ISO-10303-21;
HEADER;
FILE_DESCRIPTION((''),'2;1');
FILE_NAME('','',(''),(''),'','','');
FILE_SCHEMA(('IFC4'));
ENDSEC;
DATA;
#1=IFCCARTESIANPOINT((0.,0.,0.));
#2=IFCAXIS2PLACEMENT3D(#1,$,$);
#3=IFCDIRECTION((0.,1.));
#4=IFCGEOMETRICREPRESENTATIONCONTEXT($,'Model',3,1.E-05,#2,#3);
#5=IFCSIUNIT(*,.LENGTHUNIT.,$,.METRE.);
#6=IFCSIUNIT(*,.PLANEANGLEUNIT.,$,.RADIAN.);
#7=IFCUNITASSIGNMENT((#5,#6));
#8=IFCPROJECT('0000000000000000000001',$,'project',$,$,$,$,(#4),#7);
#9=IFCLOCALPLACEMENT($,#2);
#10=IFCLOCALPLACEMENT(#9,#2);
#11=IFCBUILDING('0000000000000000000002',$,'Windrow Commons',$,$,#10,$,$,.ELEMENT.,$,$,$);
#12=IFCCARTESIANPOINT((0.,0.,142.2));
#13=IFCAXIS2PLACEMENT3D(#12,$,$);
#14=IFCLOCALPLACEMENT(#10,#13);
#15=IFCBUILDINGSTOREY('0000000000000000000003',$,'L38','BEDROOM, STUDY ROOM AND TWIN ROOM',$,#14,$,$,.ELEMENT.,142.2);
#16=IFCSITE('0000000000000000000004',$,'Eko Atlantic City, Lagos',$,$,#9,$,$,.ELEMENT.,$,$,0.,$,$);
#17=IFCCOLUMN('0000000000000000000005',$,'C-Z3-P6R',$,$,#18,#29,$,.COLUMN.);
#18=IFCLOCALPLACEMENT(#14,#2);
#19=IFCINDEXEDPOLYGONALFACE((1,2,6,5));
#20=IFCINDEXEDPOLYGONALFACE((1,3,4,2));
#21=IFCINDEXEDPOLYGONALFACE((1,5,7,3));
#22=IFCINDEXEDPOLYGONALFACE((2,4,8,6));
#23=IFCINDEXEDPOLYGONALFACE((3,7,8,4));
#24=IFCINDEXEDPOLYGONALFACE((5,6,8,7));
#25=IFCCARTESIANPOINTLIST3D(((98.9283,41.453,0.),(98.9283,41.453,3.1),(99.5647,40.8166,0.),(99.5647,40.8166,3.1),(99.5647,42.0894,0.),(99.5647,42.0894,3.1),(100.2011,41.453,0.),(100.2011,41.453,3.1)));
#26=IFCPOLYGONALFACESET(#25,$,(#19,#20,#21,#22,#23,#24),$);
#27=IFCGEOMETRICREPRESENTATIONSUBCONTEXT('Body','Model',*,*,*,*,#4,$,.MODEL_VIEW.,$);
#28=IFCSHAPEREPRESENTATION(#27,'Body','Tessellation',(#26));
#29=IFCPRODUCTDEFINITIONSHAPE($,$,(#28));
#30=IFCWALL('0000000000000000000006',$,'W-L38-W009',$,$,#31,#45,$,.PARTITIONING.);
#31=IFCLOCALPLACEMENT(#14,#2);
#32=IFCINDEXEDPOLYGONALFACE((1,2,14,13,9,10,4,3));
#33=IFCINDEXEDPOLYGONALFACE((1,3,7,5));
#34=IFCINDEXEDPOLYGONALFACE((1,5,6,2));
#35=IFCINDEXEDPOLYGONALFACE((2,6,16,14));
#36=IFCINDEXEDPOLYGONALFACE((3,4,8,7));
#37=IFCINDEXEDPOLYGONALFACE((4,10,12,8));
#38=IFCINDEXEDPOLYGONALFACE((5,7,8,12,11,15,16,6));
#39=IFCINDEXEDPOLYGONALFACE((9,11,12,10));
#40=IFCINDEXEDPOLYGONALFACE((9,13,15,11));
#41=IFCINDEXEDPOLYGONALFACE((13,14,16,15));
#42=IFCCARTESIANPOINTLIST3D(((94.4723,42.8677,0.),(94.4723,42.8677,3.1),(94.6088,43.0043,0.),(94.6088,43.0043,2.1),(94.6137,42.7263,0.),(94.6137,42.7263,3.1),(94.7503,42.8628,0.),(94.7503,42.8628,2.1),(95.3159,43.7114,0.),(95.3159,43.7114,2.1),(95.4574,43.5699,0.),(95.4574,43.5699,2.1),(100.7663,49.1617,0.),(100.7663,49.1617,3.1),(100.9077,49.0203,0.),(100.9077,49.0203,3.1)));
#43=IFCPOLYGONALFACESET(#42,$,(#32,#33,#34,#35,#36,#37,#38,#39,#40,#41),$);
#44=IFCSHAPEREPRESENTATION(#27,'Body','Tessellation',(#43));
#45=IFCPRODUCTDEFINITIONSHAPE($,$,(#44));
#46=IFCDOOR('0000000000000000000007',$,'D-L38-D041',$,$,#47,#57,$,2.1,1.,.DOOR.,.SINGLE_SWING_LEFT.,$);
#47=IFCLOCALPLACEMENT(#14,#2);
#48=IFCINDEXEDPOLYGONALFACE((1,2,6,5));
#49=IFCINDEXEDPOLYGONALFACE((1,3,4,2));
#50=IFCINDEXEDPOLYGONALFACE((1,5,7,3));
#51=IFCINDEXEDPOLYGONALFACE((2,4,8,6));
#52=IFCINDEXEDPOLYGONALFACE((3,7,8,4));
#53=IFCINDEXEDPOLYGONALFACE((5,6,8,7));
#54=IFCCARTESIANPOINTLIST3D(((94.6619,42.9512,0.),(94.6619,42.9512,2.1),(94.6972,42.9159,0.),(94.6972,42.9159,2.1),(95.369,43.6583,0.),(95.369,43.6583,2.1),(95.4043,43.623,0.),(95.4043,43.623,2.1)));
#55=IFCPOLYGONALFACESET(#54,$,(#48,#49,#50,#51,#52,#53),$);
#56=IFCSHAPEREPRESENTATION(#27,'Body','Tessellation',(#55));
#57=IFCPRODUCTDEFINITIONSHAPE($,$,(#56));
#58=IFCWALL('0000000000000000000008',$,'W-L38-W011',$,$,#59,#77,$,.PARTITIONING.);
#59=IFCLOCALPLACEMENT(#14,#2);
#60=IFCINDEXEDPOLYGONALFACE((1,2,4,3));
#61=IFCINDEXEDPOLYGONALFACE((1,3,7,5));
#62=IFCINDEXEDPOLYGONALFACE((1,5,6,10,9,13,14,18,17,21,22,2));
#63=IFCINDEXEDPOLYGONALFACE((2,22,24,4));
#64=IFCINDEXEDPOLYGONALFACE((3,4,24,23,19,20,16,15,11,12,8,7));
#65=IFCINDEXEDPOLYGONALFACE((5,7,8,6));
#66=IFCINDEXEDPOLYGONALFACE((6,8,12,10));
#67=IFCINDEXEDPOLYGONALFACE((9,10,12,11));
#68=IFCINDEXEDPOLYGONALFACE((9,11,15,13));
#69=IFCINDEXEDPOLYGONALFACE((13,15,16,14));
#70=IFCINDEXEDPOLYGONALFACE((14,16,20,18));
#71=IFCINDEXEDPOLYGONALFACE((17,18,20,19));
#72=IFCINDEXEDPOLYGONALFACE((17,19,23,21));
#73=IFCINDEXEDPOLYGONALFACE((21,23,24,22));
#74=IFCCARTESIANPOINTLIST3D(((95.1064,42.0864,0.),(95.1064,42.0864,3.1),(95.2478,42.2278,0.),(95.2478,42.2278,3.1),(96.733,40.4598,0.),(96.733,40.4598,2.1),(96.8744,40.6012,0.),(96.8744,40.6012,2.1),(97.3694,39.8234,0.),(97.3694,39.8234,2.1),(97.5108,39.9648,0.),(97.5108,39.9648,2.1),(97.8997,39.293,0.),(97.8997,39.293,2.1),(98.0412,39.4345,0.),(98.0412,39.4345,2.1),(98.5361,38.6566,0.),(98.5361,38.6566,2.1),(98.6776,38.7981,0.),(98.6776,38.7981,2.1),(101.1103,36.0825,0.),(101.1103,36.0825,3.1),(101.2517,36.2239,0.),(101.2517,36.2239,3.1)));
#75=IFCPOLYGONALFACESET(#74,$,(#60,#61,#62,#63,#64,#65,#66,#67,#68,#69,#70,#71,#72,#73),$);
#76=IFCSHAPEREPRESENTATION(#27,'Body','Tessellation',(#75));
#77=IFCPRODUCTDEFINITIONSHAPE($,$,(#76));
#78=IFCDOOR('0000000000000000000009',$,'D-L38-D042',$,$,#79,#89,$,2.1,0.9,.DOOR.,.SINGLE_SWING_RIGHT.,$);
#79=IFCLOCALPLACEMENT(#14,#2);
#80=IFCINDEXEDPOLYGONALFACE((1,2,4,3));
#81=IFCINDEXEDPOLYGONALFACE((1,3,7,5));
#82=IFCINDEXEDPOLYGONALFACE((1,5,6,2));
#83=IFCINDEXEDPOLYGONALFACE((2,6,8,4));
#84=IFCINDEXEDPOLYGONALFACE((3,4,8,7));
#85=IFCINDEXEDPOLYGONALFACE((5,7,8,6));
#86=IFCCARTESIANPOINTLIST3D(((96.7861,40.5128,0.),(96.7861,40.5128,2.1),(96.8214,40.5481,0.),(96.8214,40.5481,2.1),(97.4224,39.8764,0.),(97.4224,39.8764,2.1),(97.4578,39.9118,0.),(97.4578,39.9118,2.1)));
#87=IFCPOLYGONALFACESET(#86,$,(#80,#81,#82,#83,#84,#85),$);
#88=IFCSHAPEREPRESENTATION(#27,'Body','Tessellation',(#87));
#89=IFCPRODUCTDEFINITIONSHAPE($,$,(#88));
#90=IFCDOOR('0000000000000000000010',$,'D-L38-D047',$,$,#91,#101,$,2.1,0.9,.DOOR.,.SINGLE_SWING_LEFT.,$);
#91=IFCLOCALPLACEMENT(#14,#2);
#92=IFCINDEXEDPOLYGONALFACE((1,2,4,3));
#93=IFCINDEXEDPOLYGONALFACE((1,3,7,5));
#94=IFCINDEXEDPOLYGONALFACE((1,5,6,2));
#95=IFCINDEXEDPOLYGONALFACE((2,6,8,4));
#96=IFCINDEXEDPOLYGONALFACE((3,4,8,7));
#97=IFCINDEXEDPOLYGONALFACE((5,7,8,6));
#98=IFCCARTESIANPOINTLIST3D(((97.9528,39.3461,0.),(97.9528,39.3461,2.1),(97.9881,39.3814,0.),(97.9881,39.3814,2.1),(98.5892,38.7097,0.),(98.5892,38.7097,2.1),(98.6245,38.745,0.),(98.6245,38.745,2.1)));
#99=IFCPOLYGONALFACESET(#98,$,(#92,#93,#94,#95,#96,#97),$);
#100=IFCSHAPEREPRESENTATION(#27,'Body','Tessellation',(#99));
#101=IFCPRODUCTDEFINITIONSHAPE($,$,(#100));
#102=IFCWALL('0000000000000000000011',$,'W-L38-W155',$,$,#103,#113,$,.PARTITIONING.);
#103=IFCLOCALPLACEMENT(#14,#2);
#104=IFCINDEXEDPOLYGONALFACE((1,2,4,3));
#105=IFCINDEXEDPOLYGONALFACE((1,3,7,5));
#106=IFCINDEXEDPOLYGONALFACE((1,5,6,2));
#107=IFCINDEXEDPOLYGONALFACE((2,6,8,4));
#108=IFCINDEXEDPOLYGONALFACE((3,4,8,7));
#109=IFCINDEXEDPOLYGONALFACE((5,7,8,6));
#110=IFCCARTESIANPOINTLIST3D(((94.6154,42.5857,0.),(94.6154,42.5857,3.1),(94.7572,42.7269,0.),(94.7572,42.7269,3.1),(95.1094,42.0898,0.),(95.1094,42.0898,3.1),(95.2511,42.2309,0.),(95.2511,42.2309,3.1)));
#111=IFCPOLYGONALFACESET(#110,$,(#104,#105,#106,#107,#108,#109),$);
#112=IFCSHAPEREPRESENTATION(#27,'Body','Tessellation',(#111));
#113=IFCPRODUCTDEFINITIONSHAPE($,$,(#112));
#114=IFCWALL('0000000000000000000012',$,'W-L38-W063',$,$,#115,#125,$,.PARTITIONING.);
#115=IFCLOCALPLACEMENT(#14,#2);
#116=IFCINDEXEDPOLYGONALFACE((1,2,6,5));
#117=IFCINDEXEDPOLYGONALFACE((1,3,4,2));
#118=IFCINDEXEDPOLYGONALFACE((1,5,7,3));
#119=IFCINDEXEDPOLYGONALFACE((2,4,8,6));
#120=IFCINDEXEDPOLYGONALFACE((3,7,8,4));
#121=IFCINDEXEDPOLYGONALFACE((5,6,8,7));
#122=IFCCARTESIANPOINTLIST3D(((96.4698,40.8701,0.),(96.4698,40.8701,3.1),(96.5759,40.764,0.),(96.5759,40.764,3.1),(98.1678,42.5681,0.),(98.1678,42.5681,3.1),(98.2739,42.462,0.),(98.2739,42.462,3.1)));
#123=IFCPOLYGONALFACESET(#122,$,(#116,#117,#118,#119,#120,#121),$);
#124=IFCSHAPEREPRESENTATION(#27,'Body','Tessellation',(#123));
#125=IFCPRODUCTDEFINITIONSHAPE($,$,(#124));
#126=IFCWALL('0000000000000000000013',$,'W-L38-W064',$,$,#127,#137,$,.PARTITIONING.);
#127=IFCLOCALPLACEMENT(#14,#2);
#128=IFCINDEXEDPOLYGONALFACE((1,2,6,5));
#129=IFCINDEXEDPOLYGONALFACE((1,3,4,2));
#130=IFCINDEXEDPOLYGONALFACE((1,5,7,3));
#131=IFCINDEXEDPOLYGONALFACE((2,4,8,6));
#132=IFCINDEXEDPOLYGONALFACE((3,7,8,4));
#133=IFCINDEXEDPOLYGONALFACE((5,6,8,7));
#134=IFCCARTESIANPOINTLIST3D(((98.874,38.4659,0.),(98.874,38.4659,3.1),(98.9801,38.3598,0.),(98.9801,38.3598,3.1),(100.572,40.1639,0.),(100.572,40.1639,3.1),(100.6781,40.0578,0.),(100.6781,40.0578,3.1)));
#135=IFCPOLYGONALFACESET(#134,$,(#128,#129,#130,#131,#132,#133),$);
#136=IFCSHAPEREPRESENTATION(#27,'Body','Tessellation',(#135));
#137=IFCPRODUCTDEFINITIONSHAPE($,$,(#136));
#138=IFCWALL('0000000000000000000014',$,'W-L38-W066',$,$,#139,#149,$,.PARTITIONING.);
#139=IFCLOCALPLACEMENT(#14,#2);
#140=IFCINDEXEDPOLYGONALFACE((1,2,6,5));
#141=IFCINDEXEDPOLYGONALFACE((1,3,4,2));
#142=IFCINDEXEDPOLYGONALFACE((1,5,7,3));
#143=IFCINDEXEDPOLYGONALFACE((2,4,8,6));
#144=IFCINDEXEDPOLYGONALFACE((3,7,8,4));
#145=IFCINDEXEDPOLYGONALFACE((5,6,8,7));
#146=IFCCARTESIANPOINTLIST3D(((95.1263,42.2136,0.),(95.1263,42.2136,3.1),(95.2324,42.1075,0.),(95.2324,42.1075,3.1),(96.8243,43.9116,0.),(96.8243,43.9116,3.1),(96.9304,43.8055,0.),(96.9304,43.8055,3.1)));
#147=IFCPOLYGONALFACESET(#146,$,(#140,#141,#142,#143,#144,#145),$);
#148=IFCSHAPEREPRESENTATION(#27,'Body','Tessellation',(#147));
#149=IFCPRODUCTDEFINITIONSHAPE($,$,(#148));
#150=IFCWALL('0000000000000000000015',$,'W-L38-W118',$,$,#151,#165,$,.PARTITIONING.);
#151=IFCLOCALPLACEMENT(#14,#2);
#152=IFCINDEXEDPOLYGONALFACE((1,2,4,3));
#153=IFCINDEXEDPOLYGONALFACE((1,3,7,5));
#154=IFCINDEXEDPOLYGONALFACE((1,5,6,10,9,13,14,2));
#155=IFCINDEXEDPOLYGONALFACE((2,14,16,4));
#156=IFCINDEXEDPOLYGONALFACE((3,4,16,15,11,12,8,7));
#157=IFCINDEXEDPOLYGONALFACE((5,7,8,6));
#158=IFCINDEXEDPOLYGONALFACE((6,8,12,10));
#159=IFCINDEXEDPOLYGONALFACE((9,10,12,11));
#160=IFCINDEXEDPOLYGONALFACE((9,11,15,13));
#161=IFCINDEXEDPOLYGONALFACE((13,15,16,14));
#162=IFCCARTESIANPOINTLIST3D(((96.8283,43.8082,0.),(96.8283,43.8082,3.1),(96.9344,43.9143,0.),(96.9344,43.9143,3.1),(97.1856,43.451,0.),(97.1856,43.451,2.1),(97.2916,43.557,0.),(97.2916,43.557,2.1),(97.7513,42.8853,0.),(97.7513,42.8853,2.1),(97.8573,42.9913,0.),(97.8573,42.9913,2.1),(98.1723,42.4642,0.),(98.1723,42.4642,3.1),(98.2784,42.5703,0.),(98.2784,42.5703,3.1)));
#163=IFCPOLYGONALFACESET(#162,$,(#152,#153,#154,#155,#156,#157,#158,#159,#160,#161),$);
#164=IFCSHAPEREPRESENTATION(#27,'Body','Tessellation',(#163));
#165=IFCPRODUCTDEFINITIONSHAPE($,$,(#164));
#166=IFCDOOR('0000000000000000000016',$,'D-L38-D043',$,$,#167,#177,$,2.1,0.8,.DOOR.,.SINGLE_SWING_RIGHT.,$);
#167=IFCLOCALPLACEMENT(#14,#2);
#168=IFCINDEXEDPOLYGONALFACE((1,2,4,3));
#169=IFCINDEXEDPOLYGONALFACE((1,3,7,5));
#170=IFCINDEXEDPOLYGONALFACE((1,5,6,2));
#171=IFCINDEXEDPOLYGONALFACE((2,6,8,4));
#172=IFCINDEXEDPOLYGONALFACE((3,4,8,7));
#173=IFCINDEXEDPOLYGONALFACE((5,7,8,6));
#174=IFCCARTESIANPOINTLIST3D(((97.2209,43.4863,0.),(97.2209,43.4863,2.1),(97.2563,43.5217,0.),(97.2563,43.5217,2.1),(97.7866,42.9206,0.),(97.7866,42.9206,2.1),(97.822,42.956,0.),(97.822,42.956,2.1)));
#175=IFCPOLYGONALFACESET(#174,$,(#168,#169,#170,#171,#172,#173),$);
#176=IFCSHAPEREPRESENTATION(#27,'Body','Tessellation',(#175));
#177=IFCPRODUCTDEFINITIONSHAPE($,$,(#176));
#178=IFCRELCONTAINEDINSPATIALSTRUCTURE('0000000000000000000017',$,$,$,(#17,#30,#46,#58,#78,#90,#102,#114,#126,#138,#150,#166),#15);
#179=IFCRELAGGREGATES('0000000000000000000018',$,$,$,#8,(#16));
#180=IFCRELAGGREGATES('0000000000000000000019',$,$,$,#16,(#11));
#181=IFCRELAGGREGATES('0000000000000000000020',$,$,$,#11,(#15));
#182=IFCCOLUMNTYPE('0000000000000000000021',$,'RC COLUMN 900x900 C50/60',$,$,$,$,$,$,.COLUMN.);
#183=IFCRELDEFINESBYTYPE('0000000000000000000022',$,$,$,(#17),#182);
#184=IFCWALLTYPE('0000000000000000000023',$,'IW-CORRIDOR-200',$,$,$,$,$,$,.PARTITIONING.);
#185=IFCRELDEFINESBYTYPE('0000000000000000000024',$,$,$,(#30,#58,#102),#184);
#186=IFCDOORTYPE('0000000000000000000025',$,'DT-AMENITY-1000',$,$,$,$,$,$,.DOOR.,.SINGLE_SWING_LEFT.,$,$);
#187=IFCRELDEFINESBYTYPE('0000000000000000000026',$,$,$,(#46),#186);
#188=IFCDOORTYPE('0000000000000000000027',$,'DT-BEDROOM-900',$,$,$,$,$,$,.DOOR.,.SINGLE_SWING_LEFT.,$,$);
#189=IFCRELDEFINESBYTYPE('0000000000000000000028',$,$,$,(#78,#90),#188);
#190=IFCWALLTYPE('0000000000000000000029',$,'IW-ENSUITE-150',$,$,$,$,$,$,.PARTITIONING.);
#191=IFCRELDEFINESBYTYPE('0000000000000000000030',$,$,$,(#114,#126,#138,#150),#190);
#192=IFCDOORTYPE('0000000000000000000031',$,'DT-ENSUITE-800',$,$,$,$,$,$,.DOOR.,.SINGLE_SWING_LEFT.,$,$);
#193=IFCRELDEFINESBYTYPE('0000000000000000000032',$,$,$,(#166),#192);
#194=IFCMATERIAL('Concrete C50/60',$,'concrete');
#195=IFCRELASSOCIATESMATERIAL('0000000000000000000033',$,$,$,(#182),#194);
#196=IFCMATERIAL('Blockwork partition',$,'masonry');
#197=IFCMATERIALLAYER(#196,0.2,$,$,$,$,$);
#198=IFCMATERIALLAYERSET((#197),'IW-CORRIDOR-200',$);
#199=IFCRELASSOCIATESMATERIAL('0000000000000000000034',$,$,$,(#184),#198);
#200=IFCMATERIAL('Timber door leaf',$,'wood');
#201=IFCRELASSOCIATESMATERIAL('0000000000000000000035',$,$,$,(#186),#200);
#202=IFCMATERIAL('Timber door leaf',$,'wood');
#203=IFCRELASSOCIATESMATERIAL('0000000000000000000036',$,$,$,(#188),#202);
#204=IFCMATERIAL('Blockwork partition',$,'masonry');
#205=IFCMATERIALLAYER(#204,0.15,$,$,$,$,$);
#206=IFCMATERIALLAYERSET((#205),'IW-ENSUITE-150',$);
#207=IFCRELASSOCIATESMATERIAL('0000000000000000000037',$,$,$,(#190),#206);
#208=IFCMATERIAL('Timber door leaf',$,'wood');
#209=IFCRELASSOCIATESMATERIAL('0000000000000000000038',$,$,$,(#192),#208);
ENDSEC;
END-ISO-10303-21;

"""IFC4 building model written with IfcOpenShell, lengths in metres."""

from ifc_helpers import new_model, si_unit, direction, frame, frame_2d, origin, origin_2d, place, context, subcontext, project, spatial, rectangle, extrude, material, layer, layer_set, material_profile, profile_set, type_object, element, fill, save


model = new_model("IFC4")

# Units and contexts
model_context = context("Model", 3, precision=1e-05, world=origin(), true_north=direction((0.0, 1.0)))
body_context = subcontext(model_context, "Body", "Model", "MODEL_VIEW")
ifc_project = project(units=[si_unit("LENGTHUNIT", "METRE"), si_unit("PLANEANGLEUNIT", "RADIAN")], contexts=[model_context])

# Site, building, storey
site_placement = place(None, origin())
site = spatial("IfcSite", under=ifc_project, at=site_placement, Name="Eko Atlantic City, Lagos", CompositionType="ELEMENT", RefElevation=0.0)
building_placement = place(site_placement, origin())
building = spatial("IfcBuilding", under=site, at=building_placement, Name="Windrow Commons", CompositionType="ELEMENT")
storey_placement = place(building_placement, frame((0.0, 0.0, 142.2)))
storey = spatial("IfcBuildingStorey", under=building, at=storey_placement, Name="L38", Description="BEDROOM, STUDY ROOM AND TWIN ROOM", CompositionType="ELEMENT", Elevation=142.2)

# Column
ifc_material_1 = material(Name="Concrete C50/60", Category="concrete")
ifc_material_profile = material_profile(ifc_material_1, rectangle(XDim=0.9, YDim=0.9, at=origin_2d()))
ifc_profile_set = profile_set([ifc_material_profile], Name="Concrete C50/60")
column_type = type_object("IfcColumnType", Name="RC COLUMN 900x900 C50/60", PredefinedType="COLUMN", material=ifc_profile_set)
column_placement = place(storey_placement, frame((99.5647, 41.453, 0.0), z_axis=(0.0, 0.0, 1.0), x_axis=(0.707107, -0.707107, 0.0)))
element("IfcColumn", 1, at=column_placement, inside=storey, type_object=column_type, Name="C-Z3-P6R", PredefinedType="COLUMN", context=body_context, shape_type="SweptSolid", body=[
    extrude(rectangle(XDim=0.9, YDim=0.9, at=origin_2d()), origin(), (0.0, 0.0, 1.0), 3.1),
])

# Wall, opening, door
ifc_material_2 = material(Name="Blockwork partition", Category="masonry")
ifc_layer_1 = layer(ifc_material_2, 0.2)
ifc_layer_set_1 = layer_set([ifc_layer_1], Name="IW-CORRIDOR-200")
wall_type_1 = type_object("IfcWallType", Name="IW-CORRIDOR-200", PredefinedType="PARTITIONING", material=ifc_layer_set_1)
wall_1_placement = place(storey_placement, frame((94.543, 42.797, 0.0), z_axis=(0.0, 0.0, 1.0), x_axis=(0.707107, 0.707107, 0.0)))
wall_1 = element("IfcWall", 2, at=wall_1_placement, inside=storey, type_object=wall_type_1, Name="W-L38-W009", PredefinedType="PARTITIONING", context=body_context, shape_type="SweptSolid", body=[
    extrude(rectangle(XDim=8.9011, YDim=0.2, at=frame_2d((4.4505, 0.0))), origin(), (0.0, 0.0, 1.0), 3.1),
])
opening_1_placement = place(wall_1_placement, frame((0.1931, 0.0, 0.0)))
opening_1 = element("IfcOpeningElement", 3, at=opening_1_placement, cuts=wall_1, PredefinedType="OPENING", context=body_context, shape_type="SweptSolid", body=[
    extrude(rectangle(XDim=1.0, YDim=2.1, at=frame_2d((0.5, 1.05))), frame((0.0, 0.11, 0.0), z_axis=(0.0, -1.0, 0.0), x_axis=(1.0, 0.0, 0.0)), (0.0, 0.0, 1.0), 0.22),
])
ifc_material_3 = material(Name="Timber door leaf", Category="wood")
door_type_1 = type_object("IfcDoorType", Name="DT-AMENITY-1000", OperationType="SINGLE_SWING_LEFT", PredefinedType="DOOR", material=ifc_material_3)
door_1_placement = place(opening_1_placement, origin())
door_1 = element("IfcDoor", 4, at=door_1_placement, inside=storey, type_object=door_type_1, Name="D-L38-D041", OperationType="SINGLE_SWING_LEFT", OverallHeight=2.1, OverallWidth=1.0, PredefinedType="DOOR", context=body_context, shape_type="SweptSolid", body=[
    extrude(rectangle(XDim=1.0, YDim=2.1, at=frame_2d((0.5, 1.05))), frame((0.0, 0.025, 0.0), z_axis=(0.0, -1.0, 0.0), x_axis=(1.0, 0.0, 0.0)), (0.0, 0.0, 1.0), 0.05),
])
fill(opening_1, door_1)

# Wall, openings, doors
wall_2_placement = place(storey_placement, frame((95.1771, 42.1571, 0.0), z_axis=(0.0, 0.0, 1.0), x_axis=(0.707107, -0.707107, 0.0)))
wall_2 = element("IfcWall", 5, at=wall_2_placement, inside=storey, type_object=wall_type_1, Name="W-L38-W011", PredefinedType="PARTITIONING", context=body_context, shape_type="SweptSolid", body=[
    extrude(rectangle(XDim=8.4909, YDim=0.2, at=frame_2d((4.2454, 0.0))), origin(), (0.0, 0.0, 1.0), 3.1),
])
opening_2_placement = place(wall_2_placement, frame((2.3004, 0.0, 0.0)))
opening_2 = element("IfcOpeningElement", 6, at=opening_2_placement, cuts=wall_2, PredefinedType="OPENING", context=body_context, shape_type="SweptSolid", body=[
    extrude(rectangle(XDim=0.9, YDim=2.1, at=frame_2d((0.45, 1.05))), frame((0.0, 0.11, 0.0), z_axis=(0.0, -1.0, 0.0), x_axis=(1.0, 0.0, 0.0)), (0.0, 0.0, 1.0), 0.22),
])
opening_3_placement = place(wall_2_placement, frame((3.9504, 0.0, 0.0)))
opening_3 = element("IfcOpeningElement", 7, at=opening_3_placement, cuts=wall_2, PredefinedType="OPENING", context=body_context, shape_type="SweptSolid", body=[
    extrude(rectangle(XDim=0.9, YDim=2.1, at=frame_2d((0.45, 1.05))), frame((0.0, 0.11, 0.0), z_axis=(0.0, -1.0, 0.0), x_axis=(1.0, 0.0, 0.0)), (0.0, 0.0, 1.0), 0.22),
])
ifc_material_4 = material(Name="Timber door leaf", Category="wood")
door_type_2 = type_object("IfcDoorType", Name="DT-BEDROOM-900", OperationType="SINGLE_SWING_LEFT", PredefinedType="DOOR", material=ifc_material_4)
door_2_placement = place(opening_2_placement, origin())
door_2 = element("IfcDoor", 8, at=door_2_placement, inside=storey, type_object=door_type_2, Name="D-L38-D042", OperationType="SINGLE_SWING_RIGHT", OverallHeight=2.1, OverallWidth=0.9, PredefinedType="DOOR", context=body_context, shape_type="SweptSolid", body=[
    extrude(rectangle(XDim=0.9, YDim=2.1, at=frame_2d((0.45, 1.05))), frame((0.0, 0.025, 0.0), z_axis=(0.0, -1.0, 0.0), x_axis=(1.0, 0.0, 0.0)), (0.0, 0.0, 1.0), 0.05),
])
fill(opening_2, door_2)
door_3_placement = place(opening_3_placement, origin())
door_3 = element("IfcDoor", 9, at=door_3_placement, inside=storey, type_object=door_type_2, Name="D-L38-D047", OperationType="SINGLE_SWING_LEFT", OverallHeight=2.1, OverallWidth=0.9, PredefinedType="DOOR", context=body_context, shape_type="SweptSolid", body=[
    extrude(rectangle(XDim=0.9, YDim=2.1, at=frame_2d((0.45, 1.05))), frame((0.0, 0.025, 0.0), z_axis=(0.0, -1.0, 0.0), x_axis=(1.0, 0.0, 0.0)), (0.0, 0.0, 1.0), 0.05),
])
fill(opening_3, door_3)

# Walls
wall_3_placement = place(storey_placement, frame((94.6863, 42.6563, 0.0), z_axis=(0.0, 0.0, 1.0), x_axis=(0.705677, -0.708534, 0.0)))
element("IfcWall", 10, at=wall_3_placement, inside=storey, type_object=wall_type_1, Name="W-L38-W155", PredefinedType="PARTITIONING", context=body_context, shape_type="SweptSolid", body=[
    extrude(rectangle(XDim=0.7, YDim=0.2, at=frame_2d((0.35, 0.0))), origin(), (0.0, 0.0, 1.0), 3.1),
])
ifc_material_5 = material(Name="Blockwork partition", Category="masonry")
ifc_layer_2 = layer(ifc_material_5, 0.15)
ifc_layer_set_2 = layer_set([ifc_layer_2], Name="IW-ENSUITE-150")
wall_type_2 = type_object("IfcWallType", Name="IW-ENSUITE-150", PredefinedType="PARTITIONING", material=ifc_layer_set_2)
for number, where, z_axis, x_axis, name in (
    (11, (96.5229, 40.8171, 0.0), (0.0, 0.0, 1.0), (0.707107, 0.707107, 0.0), "W-L38-W063"),
    (12, (98.9271, 38.4129, 0.0), (0.0, 0.0, 1.0), (0.707107, 0.707107, 0.0), "W-L38-W064"),
    (13, (95.1794, 42.1606, 0.0), (0.0, 0.0, 1.0), (0.707107, 0.707107, 0.0), "W-L38-W066"),
):
    element("IfcWall", number, at=place(storey_placement, frame(where, z_axis=z_axis, x_axis=x_axis)), inside=storey, type_object=wall_type_2, Name=name, PredefinedType="PARTITIONING", context=body_context, shape_type="SweptSolid", body=[
        extrude(rectangle(XDim=2.4013, YDim=0.15, at=frame_2d((1.2006, 0.0))), origin(), (0.0, 0.0, 1.0), 3.1),
    ])

# Wall, opening, door
wall_4_placement = place(storey_placement, frame((96.8813, 43.8613, 0.0), z_axis=(0.0, 0.0, 1.0), x_axis=(0.707107, -0.707107, 0.0)))
wall_4 = element("IfcWall", 14, at=wall_4_placement, inside=storey, type_object=wall_type_2, Name="W-L38-W118", PredefinedType="PARTITIONING", context=body_context, shape_type="SweptSolid", body=[
    extrude(rectangle(XDim=1.9007, YDim=0.15, at=frame_2d((0.9504, 0.0))), origin(), (0.0, 0.0, 1.0), 3.1),
])
opening_4_placement = place(wall_4_placement, frame((0.5053, 0.0, 0.0)))
opening_4 = element("IfcOpeningElement", 15, at=opening_4_placement, cuts=wall_4, PredefinedType="OPENING", context=body_context, shape_type="SweptSolid", body=[
    extrude(rectangle(XDim=0.8, YDim=2.1, at=frame_2d((0.4, 1.05))), frame((0.0, 0.085, 0.0), z_axis=(0.0, -1.0, 0.0), x_axis=(1.0, 0.0, 0.0)), (0.0, 0.0, 1.0), 0.17),
])
ifc_material_6 = material(Name="Timber door leaf", Category="wood")
door_type_3 = type_object("IfcDoorType", Name="DT-ENSUITE-800", OperationType="SINGLE_SWING_LEFT", PredefinedType="DOOR", material=ifc_material_6)
door_4_placement = place(opening_4_placement, origin())
door_4 = element("IfcDoor", 16, at=door_4_placement, inside=storey, type_object=door_type_3, Name="D-L38-D043", OperationType="SINGLE_SWING_RIGHT", OverallHeight=2.1, OverallWidth=0.8, PredefinedType="DOOR", context=body_context, shape_type="SweptSolid", body=[
    extrude(rectangle(XDim=0.8, YDim=2.1, at=frame_2d((0.4, 1.05))), frame((0.0, 0.025, 0.0), z_axis=(0.0, -1.0, 0.0), x_axis=(1.0, 0.0, 0.0)), (0.0, 0.0, 1.0), 0.05),
])
fill(opening_4, door_4)

save(model, "model.ifc")
